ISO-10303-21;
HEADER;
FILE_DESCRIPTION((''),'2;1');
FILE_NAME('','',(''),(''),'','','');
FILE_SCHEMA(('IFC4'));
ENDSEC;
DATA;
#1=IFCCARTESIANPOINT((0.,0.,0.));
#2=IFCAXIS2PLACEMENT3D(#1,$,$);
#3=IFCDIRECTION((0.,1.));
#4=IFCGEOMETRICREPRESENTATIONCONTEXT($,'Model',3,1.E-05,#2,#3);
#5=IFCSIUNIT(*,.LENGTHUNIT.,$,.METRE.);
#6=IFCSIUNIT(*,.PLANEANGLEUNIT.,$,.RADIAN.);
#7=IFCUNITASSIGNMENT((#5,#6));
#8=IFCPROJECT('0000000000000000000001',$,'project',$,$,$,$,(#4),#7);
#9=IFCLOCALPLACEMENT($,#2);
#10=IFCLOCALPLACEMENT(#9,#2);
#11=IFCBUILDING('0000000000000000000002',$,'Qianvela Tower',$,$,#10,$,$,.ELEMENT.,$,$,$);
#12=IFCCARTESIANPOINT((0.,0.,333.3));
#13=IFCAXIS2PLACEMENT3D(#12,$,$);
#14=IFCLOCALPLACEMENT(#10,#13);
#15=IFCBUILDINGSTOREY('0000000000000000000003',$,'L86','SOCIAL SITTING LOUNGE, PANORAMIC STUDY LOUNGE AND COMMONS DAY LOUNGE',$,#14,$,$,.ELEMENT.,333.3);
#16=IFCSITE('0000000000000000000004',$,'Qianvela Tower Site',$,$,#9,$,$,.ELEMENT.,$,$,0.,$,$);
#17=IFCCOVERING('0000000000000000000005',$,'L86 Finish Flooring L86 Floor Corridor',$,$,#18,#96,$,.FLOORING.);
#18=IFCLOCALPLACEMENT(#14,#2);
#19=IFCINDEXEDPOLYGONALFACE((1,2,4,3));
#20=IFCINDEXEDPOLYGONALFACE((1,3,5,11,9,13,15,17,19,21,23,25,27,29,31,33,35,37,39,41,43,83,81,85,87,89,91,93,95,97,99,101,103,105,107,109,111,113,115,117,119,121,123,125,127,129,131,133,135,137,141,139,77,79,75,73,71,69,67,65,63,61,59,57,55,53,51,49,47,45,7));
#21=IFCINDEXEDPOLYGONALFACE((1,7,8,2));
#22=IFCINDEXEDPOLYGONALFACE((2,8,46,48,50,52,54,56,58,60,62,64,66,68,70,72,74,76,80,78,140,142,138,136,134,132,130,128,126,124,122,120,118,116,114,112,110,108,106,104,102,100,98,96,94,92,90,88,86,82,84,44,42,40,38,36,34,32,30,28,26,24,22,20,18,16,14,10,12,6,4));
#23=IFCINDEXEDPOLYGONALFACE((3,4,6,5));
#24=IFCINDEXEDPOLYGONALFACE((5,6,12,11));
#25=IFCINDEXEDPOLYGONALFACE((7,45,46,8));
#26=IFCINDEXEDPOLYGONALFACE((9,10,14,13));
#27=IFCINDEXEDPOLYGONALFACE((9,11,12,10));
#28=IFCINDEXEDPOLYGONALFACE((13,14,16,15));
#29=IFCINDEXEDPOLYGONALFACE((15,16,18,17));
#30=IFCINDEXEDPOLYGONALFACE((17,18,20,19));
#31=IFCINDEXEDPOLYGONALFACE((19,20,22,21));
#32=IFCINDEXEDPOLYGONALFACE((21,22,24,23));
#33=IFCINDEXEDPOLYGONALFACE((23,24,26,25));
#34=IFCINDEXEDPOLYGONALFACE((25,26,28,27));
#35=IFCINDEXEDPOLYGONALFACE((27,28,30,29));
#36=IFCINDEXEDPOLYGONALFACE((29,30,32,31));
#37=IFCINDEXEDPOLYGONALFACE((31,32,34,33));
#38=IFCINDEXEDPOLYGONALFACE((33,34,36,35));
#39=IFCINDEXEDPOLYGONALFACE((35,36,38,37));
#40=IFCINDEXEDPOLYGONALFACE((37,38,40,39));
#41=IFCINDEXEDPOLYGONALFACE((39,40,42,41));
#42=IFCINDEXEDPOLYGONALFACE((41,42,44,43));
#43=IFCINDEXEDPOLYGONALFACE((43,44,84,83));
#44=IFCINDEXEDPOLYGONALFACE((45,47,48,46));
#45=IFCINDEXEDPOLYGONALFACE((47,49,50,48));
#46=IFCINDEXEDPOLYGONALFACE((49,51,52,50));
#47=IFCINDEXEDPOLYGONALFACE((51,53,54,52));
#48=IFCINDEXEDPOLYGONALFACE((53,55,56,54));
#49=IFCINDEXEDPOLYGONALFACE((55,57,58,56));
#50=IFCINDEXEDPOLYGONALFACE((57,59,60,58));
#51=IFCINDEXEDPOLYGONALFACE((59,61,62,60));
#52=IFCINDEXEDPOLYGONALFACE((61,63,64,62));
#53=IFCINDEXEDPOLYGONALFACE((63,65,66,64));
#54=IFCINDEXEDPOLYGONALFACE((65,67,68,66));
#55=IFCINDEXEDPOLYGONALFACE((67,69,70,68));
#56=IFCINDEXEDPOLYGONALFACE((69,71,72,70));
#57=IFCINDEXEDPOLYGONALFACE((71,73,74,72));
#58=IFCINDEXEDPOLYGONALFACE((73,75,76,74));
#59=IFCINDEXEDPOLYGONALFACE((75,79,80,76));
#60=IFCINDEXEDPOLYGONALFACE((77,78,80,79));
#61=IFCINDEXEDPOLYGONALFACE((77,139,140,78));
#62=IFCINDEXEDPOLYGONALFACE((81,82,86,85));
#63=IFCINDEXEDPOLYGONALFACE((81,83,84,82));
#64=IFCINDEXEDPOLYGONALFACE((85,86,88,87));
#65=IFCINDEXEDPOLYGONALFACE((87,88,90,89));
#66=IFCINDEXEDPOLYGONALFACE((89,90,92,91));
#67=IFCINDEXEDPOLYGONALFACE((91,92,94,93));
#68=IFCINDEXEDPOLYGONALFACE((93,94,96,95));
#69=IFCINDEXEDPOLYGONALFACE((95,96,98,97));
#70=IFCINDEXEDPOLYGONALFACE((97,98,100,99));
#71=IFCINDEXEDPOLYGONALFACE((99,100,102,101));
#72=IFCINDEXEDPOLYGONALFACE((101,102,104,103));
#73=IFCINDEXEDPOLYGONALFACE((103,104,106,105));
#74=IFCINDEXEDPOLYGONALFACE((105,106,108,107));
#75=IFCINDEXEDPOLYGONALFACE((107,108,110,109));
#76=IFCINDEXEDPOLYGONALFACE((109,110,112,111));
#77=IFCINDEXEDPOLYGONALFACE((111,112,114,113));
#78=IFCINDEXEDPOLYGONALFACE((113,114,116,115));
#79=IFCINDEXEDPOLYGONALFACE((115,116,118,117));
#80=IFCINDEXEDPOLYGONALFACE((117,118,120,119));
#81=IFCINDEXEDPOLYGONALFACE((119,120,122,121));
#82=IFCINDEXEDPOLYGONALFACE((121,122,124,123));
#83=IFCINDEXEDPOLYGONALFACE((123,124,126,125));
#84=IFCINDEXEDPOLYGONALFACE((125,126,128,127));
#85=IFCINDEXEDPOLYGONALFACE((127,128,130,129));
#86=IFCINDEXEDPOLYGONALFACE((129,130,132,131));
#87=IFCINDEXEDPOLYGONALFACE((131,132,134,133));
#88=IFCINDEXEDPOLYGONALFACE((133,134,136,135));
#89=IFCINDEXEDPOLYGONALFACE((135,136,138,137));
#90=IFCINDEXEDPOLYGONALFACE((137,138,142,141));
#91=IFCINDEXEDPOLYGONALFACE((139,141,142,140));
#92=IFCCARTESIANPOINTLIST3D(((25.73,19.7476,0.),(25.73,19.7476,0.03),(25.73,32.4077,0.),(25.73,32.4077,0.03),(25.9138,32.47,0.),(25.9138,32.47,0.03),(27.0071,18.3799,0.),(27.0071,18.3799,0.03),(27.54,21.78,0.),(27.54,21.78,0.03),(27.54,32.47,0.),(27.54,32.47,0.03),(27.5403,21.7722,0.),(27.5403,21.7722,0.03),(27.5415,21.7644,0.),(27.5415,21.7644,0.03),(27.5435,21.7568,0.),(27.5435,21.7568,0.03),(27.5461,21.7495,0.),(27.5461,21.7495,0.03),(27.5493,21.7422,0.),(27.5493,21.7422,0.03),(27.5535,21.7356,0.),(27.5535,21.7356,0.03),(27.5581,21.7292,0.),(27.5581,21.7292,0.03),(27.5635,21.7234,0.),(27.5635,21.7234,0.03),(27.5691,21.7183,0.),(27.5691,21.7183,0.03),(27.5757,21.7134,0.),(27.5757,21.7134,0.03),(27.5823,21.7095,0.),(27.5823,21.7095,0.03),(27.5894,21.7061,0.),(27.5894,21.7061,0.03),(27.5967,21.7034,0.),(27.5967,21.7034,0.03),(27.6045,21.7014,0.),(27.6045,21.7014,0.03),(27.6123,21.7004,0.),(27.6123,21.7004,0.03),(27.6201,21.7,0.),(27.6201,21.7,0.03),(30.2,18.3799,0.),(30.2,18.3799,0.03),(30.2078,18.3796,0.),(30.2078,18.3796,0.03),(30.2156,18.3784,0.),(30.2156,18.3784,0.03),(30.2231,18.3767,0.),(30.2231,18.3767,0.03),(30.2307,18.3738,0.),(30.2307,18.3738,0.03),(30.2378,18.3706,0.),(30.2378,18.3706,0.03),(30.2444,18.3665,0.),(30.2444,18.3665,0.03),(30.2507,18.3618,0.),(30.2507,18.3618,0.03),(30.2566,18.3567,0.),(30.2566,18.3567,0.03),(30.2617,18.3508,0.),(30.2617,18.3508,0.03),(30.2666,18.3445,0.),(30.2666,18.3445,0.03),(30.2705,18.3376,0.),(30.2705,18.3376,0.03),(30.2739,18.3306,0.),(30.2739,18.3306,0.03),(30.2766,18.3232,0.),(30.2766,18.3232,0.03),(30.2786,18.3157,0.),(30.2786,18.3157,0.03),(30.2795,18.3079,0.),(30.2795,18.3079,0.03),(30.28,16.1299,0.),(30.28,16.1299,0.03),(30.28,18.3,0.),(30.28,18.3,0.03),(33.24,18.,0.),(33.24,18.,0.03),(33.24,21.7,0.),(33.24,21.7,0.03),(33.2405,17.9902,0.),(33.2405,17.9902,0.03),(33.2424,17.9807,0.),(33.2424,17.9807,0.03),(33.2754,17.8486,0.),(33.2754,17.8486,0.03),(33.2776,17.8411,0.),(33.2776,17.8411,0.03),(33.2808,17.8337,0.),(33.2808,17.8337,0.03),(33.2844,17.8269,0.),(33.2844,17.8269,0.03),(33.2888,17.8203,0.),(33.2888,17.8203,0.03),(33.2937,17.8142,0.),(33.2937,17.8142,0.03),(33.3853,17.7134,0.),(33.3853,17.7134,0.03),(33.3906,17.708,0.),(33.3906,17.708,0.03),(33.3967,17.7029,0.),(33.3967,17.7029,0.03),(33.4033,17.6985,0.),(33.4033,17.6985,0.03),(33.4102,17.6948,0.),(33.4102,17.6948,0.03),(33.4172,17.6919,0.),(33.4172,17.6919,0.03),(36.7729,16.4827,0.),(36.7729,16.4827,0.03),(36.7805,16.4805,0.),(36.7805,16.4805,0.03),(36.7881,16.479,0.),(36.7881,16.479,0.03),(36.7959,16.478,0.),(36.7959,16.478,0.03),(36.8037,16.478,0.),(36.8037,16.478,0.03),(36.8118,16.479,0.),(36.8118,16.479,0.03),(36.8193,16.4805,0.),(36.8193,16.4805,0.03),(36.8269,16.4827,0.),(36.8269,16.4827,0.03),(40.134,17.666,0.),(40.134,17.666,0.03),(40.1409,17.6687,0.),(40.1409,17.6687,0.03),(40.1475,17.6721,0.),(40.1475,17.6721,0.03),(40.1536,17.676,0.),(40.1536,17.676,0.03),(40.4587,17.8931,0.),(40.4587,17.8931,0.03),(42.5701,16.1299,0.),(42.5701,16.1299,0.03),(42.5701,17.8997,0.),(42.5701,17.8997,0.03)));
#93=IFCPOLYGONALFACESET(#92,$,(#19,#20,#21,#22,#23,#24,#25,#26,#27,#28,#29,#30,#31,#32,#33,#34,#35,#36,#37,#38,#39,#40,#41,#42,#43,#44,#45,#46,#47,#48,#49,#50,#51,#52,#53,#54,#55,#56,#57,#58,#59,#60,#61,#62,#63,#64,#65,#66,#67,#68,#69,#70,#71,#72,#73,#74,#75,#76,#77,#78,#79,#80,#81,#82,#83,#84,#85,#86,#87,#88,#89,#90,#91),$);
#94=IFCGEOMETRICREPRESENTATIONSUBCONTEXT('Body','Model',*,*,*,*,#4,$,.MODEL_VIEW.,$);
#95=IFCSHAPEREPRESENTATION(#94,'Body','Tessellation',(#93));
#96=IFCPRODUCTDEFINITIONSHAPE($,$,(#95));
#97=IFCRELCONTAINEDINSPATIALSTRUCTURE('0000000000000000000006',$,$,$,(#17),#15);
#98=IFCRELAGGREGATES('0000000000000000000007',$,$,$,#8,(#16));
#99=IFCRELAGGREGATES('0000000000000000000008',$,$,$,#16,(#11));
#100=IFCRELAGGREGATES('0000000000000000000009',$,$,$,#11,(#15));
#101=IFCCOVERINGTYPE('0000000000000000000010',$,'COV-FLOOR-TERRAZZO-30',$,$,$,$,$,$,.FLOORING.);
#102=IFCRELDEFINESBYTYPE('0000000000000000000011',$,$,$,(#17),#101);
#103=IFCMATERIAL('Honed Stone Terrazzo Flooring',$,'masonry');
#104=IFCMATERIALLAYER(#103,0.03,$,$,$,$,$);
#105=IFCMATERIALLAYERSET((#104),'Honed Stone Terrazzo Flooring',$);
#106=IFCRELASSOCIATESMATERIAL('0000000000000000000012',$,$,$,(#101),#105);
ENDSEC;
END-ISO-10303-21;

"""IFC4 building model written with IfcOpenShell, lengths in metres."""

from ifc_helpers import new_model, si_unit, direction, frame, origin, place, context, subcontext, project, spatial, polyline, outline, extrude, material, layer, layer_set, type_object, element, save


model = new_model("IFC4")

# Units and contexts
model_context = context("Model", 3, precision=1e-05, world=origin(), true_north=direction((0.0, 1.0)))
body_context = subcontext(model_context, "Body", "Model", "MODEL_VIEW")
ifc_project = project(units=[si_unit("LENGTHUNIT", "METRE"), si_unit("PLANEANGLEUNIT", "RADIAN")], contexts=[model_context])

# Site, building, storey
site_placement = place(None, origin())
site = spatial("IfcSite", under=ifc_project, at=site_placement, Name="Qianvela Tower Site", CompositionType="ELEMENT", RefElevation=0.0)
building_placement = place(site_placement, origin())
building = spatial("IfcBuilding", under=site, at=building_placement, Name="Qianvela Tower", CompositionType="ELEMENT")
storey_placement = place(building_placement, frame((0.0, 0.0, 333.3)))
storey = spatial("IfcBuildingStorey", under=building, at=storey_placement, Name="L86", Description="SOCIAL SITTING LOUNGE, PANORAMIC STUDY LOUNGE AND COMMONS DAY LOUNGE", CompositionType="ELEMENT", Elevation=333.3)

# Covering
ifc_material_1 = material(Name="Honed Stone Terrazzo Flooring", Category="masonry")
ifc_layer_1 = layer(ifc_material_1, 0.03)
ifc_layer_set_1 = layer_set([ifc_layer_1], Name="Honed Stone Terrazzo Flooring")
covering_type_1 = type_object("IfcCoveringType", Name="COV-FLOOR-TERRAZZO-30", PredefinedType="FLOORING", material=ifc_layer_set_1)
covering_1_placement = place(storey_placement, origin())
element("IfcCovering", 1, at=covering_1_placement, inside=storey, type_object=covering_type_1, Name="L86 Finish Flooring L86 Floor Corridor", PredefinedType="FLOORING", context=body_context, shape_type="SweptSolid", body=[
    extrude(outline(polyline([(27.54, 32.47), (27.54, 21.78), (27.5403, 21.7722), (27.5415, 21.7644), (27.5435, 21.7568), (27.5461, 21.7495), (27.5493, 21.7422), (27.5535, 21.7356), (27.5581, 21.7292), (27.5635, 21.7234), (27.5691, 21.7183), (27.5757, 21.7134), (27.5823, 21.7095), (27.5894, 21.7061), (27.5967, 21.7034), (27.6045, 21.7014), (27.6123, 21.7004), (27.6201, 21.7), (33.24, 21.7), (33.24, 18.0), (33.2405, 17.9902), (33.2424, 17.9807), (33.2754, 17.8486), (33.2776, 17.8411), (33.2808, 17.8337), (33.2844, 17.8269), (33.2888, 17.8203), (33.2937, 17.8142), (33.3853, 17.7134), (33.3906, 17.708), (33.3967, 17.7029), (33.4033, 17.6985), (33.4102, 17.6948), (33.4172, 17.6919), (36.7729, 16.4827), (36.7805, 16.4805), (36.7881, 16.479), (36.7959, 16.478), (36.8037, 16.478), (36.8118, 16.479), (36.8193, 16.4805), (36.8269, 16.4827), (40.134, 17.666), (40.1409, 17.6687), (40.1475, 17.6721), (40.1536, 17.676), (40.4587, 17.8931), (42.5701, 17.8997), (42.5701, 16.1299), (30.28, 16.1299), (30.28, 18.3), (30.2795, 18.3079), (30.2786, 18.3157), (30.2766, 18.3232), (30.2739, 18.3306), (30.2705, 18.3376), (30.2666, 18.3445), (30.2617, 18.3508), (30.2566, 18.3567), (30.2507, 18.3618), (30.2444, 18.3665), (30.2378, 18.3706), (30.2307, 18.3738), (30.2231, 18.3767), (30.2156, 18.3784), (30.2078, 18.3796), (30.2, 18.3799), (27.0071, 18.3799), (25.73, 19.7476), (25.73, 32.4077), (25.9138, 32.47), (27.54, 32.47)])), origin(), (0.0, 0.0, 1.0), 0.03),
])

save(model, "model.ifc")
